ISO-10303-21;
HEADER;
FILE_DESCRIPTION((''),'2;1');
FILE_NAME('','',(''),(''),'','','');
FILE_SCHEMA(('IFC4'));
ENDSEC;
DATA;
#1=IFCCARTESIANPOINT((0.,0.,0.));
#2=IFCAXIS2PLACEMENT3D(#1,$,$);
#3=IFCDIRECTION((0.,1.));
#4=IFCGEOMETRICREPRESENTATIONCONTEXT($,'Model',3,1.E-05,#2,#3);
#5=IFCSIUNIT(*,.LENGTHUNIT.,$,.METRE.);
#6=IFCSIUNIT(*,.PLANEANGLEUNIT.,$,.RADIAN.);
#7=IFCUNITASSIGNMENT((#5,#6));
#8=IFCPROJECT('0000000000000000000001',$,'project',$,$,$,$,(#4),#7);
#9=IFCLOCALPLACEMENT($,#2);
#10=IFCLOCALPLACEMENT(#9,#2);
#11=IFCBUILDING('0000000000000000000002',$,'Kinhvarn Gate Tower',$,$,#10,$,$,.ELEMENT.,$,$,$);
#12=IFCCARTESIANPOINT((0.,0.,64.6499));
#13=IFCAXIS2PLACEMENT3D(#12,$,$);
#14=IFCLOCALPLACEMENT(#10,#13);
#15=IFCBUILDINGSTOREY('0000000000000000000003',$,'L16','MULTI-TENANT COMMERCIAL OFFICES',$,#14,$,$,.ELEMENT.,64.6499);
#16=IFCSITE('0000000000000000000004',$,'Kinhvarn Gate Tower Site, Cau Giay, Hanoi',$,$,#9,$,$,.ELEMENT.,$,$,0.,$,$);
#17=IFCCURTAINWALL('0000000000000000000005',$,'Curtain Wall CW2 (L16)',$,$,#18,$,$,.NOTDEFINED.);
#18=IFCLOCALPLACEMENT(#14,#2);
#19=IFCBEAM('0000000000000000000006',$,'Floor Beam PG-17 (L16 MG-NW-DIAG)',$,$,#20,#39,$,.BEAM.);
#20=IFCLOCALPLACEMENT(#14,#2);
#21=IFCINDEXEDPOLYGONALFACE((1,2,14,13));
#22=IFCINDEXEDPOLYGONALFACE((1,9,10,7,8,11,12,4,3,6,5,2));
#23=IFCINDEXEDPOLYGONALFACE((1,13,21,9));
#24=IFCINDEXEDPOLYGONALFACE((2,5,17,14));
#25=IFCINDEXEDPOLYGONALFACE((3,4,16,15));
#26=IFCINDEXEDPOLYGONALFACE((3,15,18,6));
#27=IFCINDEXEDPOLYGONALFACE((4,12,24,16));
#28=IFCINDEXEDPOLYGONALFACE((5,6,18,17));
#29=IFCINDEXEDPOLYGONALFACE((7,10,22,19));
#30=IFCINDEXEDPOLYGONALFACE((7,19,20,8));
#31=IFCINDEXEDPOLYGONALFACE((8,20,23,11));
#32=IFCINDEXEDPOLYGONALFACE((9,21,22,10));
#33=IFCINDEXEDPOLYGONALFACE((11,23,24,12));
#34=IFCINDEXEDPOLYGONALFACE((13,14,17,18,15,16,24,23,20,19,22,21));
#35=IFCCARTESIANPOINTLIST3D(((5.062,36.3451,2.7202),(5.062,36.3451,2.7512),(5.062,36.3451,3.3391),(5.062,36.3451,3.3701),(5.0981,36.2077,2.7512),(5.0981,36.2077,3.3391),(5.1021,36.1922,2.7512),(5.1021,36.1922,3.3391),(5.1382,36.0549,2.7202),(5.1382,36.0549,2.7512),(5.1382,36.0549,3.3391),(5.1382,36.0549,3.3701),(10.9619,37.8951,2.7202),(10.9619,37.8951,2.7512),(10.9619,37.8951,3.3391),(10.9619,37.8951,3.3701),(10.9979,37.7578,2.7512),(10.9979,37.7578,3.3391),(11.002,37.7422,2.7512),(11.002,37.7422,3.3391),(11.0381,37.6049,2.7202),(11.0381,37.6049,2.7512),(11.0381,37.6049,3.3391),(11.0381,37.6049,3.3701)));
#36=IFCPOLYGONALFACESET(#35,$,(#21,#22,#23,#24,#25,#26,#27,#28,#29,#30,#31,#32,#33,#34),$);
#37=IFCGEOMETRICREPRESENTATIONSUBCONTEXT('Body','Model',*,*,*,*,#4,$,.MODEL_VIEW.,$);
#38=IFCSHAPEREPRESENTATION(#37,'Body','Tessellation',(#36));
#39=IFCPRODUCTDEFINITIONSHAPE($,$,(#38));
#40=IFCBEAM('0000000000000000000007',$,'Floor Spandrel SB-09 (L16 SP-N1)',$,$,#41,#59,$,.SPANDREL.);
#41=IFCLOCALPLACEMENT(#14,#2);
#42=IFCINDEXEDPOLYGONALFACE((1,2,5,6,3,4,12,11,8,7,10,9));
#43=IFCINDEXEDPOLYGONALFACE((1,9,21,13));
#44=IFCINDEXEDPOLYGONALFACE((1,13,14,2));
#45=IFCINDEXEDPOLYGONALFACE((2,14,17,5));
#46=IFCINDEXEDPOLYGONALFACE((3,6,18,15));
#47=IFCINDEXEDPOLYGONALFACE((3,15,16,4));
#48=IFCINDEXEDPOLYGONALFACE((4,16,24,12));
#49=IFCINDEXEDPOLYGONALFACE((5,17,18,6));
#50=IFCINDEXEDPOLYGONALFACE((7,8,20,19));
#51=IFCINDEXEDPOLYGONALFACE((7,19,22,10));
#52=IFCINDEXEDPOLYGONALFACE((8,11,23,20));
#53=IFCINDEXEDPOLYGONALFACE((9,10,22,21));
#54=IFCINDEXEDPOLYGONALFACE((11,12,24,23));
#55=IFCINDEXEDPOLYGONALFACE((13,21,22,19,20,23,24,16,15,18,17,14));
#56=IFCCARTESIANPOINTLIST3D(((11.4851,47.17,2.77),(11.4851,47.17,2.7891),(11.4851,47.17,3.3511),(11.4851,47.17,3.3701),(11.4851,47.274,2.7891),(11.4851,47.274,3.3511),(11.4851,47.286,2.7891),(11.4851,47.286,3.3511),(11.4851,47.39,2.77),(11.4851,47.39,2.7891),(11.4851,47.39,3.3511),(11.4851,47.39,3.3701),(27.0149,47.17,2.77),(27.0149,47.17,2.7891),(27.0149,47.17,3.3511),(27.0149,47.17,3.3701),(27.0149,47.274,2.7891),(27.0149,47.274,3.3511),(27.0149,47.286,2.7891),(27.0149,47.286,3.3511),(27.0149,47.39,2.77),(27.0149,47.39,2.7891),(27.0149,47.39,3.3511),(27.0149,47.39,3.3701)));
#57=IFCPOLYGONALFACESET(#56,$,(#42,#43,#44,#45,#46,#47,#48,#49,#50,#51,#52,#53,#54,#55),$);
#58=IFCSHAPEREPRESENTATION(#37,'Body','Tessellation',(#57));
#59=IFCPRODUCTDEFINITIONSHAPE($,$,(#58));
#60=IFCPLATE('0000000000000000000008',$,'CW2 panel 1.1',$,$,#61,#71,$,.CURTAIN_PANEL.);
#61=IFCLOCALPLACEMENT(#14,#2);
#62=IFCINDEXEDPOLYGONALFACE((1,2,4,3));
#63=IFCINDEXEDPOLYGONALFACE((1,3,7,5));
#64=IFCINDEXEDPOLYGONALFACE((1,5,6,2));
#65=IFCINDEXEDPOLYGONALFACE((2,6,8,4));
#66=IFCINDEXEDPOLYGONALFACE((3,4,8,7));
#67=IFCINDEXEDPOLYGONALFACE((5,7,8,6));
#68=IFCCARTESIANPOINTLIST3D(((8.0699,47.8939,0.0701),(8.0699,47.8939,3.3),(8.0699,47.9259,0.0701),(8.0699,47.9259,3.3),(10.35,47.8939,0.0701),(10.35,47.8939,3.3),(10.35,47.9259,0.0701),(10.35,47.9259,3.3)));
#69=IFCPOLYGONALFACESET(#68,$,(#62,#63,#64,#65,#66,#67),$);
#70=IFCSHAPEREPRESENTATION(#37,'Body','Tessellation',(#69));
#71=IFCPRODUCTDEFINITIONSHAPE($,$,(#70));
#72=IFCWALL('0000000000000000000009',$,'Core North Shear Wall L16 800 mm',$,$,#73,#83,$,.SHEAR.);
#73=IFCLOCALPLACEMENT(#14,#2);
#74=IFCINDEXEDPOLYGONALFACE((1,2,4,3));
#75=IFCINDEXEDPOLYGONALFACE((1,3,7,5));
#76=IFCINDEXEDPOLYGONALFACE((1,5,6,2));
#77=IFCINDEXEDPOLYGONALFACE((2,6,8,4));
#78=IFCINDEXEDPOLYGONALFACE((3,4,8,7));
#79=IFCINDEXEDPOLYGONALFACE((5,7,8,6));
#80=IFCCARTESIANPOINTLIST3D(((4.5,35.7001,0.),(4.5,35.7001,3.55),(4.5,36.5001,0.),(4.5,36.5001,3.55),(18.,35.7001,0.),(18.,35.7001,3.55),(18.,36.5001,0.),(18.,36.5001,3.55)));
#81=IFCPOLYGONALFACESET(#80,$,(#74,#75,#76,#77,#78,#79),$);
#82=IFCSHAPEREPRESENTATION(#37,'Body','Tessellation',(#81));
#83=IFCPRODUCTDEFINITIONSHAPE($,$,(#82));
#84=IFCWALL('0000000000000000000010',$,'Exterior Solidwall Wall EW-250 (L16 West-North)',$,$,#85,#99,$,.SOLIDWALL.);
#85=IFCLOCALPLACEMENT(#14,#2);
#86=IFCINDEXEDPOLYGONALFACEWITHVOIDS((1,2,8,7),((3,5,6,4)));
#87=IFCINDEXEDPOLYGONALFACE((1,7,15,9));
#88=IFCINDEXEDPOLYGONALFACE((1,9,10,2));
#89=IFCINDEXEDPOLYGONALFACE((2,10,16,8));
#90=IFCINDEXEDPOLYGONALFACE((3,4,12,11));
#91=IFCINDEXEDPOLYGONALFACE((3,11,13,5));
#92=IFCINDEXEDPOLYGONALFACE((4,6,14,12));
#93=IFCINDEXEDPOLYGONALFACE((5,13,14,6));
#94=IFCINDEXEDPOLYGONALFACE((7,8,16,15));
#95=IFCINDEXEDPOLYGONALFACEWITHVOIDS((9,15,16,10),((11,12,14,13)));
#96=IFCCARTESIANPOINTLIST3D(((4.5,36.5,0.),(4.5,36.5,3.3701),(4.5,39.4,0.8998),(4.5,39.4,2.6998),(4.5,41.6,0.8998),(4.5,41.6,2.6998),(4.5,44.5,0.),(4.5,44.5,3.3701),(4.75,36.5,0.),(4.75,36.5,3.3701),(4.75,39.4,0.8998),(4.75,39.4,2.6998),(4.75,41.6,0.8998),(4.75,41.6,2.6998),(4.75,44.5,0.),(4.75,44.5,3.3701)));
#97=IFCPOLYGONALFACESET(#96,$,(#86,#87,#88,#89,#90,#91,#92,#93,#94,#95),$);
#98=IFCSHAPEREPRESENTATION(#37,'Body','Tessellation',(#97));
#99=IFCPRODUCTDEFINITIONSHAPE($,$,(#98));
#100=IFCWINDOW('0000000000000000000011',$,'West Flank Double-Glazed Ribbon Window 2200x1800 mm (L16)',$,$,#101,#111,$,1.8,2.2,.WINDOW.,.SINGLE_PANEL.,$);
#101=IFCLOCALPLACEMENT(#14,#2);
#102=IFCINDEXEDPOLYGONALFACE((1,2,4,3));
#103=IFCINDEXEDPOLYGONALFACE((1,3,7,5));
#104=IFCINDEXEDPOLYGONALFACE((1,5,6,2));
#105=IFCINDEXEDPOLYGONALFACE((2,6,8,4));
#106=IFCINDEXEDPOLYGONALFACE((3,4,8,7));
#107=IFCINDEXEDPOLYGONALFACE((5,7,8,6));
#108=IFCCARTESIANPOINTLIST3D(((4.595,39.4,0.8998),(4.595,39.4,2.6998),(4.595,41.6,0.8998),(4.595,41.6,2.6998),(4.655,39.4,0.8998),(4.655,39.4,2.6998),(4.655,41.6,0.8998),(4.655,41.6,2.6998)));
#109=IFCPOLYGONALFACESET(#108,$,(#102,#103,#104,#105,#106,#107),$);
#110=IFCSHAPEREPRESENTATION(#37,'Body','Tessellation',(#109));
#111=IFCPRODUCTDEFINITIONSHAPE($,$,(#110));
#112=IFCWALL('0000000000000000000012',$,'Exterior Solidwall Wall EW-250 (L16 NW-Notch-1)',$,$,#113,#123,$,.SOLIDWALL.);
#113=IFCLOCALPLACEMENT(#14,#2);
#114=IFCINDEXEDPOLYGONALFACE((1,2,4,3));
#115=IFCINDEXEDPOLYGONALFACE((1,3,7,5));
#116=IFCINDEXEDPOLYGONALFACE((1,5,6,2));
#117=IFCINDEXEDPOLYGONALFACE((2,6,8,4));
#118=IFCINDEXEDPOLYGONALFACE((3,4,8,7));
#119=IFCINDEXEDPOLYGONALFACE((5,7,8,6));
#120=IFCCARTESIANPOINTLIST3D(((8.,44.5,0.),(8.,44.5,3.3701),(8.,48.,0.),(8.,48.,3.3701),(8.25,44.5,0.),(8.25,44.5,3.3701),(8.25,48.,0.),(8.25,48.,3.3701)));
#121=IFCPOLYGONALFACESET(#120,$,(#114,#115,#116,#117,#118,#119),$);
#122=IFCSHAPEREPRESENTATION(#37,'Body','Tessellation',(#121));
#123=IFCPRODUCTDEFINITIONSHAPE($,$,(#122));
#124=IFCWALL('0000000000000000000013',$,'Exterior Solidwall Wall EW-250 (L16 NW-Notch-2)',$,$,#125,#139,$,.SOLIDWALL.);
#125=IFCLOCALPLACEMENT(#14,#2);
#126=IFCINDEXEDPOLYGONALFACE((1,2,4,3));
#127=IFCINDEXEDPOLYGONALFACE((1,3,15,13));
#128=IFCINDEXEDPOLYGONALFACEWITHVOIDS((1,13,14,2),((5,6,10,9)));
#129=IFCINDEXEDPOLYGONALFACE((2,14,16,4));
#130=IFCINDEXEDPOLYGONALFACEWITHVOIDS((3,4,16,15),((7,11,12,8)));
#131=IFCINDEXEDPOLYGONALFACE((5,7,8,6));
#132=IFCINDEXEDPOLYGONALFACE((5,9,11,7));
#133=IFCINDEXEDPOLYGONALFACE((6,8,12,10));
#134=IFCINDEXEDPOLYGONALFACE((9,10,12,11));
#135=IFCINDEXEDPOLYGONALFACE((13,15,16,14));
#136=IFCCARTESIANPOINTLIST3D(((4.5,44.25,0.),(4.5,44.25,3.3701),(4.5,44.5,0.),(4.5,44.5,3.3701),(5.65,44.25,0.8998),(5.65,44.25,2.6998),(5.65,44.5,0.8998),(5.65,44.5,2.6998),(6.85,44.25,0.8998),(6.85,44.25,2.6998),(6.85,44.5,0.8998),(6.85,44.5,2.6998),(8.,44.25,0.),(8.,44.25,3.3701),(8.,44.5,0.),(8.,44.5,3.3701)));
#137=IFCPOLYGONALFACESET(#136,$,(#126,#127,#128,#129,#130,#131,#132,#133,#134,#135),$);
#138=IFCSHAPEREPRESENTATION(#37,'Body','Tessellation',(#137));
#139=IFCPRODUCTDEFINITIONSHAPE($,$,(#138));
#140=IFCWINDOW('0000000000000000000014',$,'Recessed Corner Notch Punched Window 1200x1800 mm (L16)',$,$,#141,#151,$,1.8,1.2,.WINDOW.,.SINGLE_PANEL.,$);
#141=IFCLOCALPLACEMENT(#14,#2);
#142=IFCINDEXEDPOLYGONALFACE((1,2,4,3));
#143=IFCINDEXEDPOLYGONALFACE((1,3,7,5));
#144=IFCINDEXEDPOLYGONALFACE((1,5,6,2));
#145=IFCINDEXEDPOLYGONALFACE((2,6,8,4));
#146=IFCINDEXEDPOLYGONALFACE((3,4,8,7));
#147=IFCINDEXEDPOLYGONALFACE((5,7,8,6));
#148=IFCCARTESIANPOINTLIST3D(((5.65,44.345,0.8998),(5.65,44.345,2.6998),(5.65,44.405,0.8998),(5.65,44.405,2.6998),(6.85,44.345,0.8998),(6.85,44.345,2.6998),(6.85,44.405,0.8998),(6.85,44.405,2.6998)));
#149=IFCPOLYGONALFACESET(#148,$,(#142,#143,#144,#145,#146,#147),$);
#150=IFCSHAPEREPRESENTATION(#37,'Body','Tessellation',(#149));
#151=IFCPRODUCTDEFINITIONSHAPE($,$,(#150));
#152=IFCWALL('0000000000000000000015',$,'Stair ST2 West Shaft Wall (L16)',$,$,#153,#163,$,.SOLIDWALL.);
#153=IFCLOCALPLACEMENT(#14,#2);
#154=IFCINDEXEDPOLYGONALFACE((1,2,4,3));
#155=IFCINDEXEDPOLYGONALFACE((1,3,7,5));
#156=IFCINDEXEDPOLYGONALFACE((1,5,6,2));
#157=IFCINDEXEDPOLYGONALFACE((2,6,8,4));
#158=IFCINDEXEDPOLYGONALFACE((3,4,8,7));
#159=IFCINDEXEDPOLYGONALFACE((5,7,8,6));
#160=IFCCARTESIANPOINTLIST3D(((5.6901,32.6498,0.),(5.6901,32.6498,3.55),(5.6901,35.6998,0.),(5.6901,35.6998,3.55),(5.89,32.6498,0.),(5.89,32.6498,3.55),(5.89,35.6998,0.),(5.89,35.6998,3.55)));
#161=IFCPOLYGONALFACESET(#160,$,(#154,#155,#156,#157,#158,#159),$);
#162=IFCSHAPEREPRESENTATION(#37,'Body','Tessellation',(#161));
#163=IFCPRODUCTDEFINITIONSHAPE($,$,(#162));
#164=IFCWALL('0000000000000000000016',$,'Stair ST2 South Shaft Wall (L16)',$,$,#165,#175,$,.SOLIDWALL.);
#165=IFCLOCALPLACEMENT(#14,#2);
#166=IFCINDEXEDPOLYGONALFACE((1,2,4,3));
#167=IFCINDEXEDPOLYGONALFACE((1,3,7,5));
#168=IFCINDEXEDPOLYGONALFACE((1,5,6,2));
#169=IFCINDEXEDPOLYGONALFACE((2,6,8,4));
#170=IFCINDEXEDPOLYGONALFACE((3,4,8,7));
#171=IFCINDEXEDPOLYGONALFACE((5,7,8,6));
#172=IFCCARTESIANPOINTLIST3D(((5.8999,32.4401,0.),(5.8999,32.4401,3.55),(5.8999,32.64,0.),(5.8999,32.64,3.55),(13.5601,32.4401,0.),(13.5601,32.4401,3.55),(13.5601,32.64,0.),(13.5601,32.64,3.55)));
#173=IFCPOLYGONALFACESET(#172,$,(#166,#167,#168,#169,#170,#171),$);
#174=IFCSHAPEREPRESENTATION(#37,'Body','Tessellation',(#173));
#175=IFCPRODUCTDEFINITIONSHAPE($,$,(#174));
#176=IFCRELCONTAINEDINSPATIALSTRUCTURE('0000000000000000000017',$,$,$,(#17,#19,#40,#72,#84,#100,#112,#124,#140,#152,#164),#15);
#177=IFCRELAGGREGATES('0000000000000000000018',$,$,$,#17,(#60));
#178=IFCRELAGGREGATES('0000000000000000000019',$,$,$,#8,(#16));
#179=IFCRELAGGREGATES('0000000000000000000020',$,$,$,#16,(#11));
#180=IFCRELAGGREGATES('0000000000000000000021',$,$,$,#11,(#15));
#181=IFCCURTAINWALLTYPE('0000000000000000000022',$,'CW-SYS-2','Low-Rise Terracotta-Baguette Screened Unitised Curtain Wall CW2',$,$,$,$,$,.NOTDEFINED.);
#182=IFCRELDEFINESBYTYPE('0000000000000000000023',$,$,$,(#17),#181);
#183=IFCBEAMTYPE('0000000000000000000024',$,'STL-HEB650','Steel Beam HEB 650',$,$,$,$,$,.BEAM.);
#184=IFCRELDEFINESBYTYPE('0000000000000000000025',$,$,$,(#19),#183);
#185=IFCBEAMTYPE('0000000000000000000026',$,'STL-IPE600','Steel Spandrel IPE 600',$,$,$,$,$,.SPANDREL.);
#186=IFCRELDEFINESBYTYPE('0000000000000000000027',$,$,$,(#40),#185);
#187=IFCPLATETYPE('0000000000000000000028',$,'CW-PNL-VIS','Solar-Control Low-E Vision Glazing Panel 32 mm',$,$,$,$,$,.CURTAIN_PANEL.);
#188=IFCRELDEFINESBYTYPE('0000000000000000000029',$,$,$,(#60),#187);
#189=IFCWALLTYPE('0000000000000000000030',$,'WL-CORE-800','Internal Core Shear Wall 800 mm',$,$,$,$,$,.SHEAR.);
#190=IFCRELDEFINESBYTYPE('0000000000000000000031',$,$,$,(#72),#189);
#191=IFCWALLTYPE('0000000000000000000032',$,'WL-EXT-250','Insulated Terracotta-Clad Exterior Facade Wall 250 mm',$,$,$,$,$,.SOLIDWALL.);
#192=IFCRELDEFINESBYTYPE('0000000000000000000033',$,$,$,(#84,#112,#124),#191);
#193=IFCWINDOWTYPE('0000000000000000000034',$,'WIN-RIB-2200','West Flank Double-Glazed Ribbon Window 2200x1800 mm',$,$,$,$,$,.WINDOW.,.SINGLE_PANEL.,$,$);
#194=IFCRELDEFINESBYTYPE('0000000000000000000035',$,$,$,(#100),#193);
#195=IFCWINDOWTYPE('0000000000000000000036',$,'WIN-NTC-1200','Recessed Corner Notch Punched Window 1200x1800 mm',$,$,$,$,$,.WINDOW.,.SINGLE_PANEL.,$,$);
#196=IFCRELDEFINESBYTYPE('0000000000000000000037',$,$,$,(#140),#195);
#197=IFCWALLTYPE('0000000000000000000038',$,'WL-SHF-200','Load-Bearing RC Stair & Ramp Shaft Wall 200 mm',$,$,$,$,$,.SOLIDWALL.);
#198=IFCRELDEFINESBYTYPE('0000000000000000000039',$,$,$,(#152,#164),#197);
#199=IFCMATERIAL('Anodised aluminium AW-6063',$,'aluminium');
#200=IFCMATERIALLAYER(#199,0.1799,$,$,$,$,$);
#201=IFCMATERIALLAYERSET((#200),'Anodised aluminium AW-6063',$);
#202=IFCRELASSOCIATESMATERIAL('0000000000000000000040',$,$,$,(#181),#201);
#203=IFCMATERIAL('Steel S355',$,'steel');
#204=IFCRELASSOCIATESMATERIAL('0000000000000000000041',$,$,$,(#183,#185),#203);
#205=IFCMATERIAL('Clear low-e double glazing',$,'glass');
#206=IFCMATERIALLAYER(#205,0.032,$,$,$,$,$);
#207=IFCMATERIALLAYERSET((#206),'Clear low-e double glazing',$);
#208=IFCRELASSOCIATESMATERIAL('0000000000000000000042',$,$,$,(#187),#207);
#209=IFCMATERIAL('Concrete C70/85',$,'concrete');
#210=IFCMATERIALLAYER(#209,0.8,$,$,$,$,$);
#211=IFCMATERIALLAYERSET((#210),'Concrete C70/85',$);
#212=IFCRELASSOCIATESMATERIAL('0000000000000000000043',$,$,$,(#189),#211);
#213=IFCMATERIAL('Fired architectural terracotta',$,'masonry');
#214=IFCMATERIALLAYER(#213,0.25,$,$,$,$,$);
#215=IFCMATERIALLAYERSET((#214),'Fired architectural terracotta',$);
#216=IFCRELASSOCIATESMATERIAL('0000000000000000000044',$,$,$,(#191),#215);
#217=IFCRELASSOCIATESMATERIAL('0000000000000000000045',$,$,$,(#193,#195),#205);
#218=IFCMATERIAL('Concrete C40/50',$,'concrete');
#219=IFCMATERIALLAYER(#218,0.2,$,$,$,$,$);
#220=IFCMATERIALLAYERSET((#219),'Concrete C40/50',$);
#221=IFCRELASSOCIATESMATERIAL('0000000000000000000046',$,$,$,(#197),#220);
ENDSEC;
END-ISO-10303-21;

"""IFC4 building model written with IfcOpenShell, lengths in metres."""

from ifc_helpers import new_model, si_unit, direction, frame, frame_2d, origin, origin_2d, place, context, subcontext, project, spatial, rectangle, i_section, extrude, material, layer, layer_set, material_profile, profile_set, type_object, element, fill, aggregate, save


model = new_model("IFC4")

# Units and contexts
model_context = context("Model", 3, precision=1e-05, world=origin(), true_north=direction((0.0, 1.0)))
body_context = subcontext(model_context, "Body", "Model", "MODEL_VIEW")
ifc_project = project(units=[si_unit("LENGTHUNIT", "METRE"), si_unit("PLANEANGLEUNIT", "RADIAN")], contexts=[model_context])

# Site, building, storey
site_placement = place(None, origin())
site = spatial("IfcSite", under=ifc_project, at=site_placement, Name="Kinhvarn Gate Tower Site, Cau Giay, Hanoi", CompositionType="ELEMENT", RefElevation=0.0)
building_placement = place(site_placement, origin())
building = spatial("IfcBuilding", under=site, at=building_placement, Name="Kinhvarn Gate Tower", CompositionType="ELEMENT")
storey_placement = place(building_placement, frame((0.0, 0.0, 64.6499)))
storey = spatial("IfcBuildingStorey", under=building, at=storey_placement, Name="L16", Description="MULTI-TENANT COMMERCIAL OFFICES", CompositionType="ELEMENT", Elevation=64.6499)

# Shared definitions
ifc_material_1 = material(Name="Concrete C70/85", Category="concrete")

# Shared definitions
ifc_material_2 = material(Name="Anodised aluminium AW-6063", Category="aluminium")
ifc_layer_1 = layer(ifc_material_2, 0.1799)
ifc_layer_set_1 = layer_set([ifc_layer_1], Name="Anodised aluminium AW-6063")
curtain_wall_type = type_object("IfcCurtainWallType", Name="CW-SYS-2", Description="Low-Rise Terracotta-Baguette Screened Unitised Curtain Wall CW2", PredefinedType="NOTDEFINED", material=ifc_layer_set_1)

# Curtain wall
curtain_wall_1_placement = place(storey_placement, origin())
curtain_wall_1 = element("IfcCurtainWall", 1, at=curtain_wall_1_placement, inside=storey, type_object=curtain_wall_type, Name="Curtain Wall CW2 (L16)", PredefinedType="NOTDEFINED")

# Beams
ifc_material_3 = material(Name="Steel S355", Category="steel")
ifc_material_profile_1 = material_profile(ifc_material_3, i_section(OverallWidth=0.3, OverallDepth=0.6499, WebThickness=0.0161, FlangeThickness=0.031, at=origin_2d()), Name="HEB 650")
ifc_profile_set_1 = profile_set([ifc_material_profile_1], Name="Steel S355")
beam_type_1 = type_object("IfcBeamType", Name="STL-HEB650", Description="Steel Beam HEB 650", PredefinedType="BEAM", material=ifc_profile_set_1)
beam_1_placement = place(storey_placement, frame((5.1001, 36.2, 3.0452), z_axis=(0.967178, 0.254101, 0.0), x_axis=(-0.254101, 0.967178, 0.0)))
element("IfcBeam", 2, at=beam_1_placement, inside=storey, type_object=beam_type_1, Name="Floor Beam PG-17 (L16 MG-NW-DIAG)", PredefinedType="BEAM", context=body_context, shape_type="SweptSolid", body=[
    extrude(i_section(OverallWidth=0.3, OverallDepth=0.6499, WebThickness=0.0161, FlangeThickness=0.031, at=origin_2d()), origin(), (0.0, 0.0, 1.0), 6.1001),
])
ifc_material_profile_2 = material_profile(ifc_material_3, i_section(OverallWidth=0.22, OverallDepth=0.6001, WebThickness=0.012, FlangeThickness=0.019, at=origin_2d()), Name="IPE 600")
ifc_profile_set_2 = profile_set([ifc_material_profile_2], Name="Steel S355")
beam_type_2 = type_object("IfcBeamType", Name="STL-IPE600", Description="Steel Spandrel IPE 600", PredefinedType="SPANDREL", material=ifc_profile_set_2)
beam_2_placement = place(storey_placement, frame((11.4851, 47.28, 3.0701), z_axis=(1.0, 0.0, 0.0), x_axis=(0.0, 1.0, 0.0)))
element("IfcBeam", 3, at=beam_2_placement, inside=storey, type_object=beam_type_2, Name="Floor Spandrel SB-09 (L16 SP-N1)", PredefinedType="SPANDREL", context=body_context, shape_type="SweptSolid", body=[
    extrude(i_section(OverallWidth=0.22, OverallDepth=0.6001, WebThickness=0.012, FlangeThickness=0.019, at=origin_2d()), origin(), (0.0, 0.0, 1.0), 15.5298),
])

# Plate
ifc_material_4 = material(Name="Clear low-e double glazing", Category="glass")
ifc_layer_2 = layer(ifc_material_4, 0.032)
ifc_layer_set_2 = layer_set([ifc_layer_2], Name="Clear low-e double glazing")
plate_type = type_object("IfcPlateType", Name="CW-PNL-VIS", Description="Solar-Control Low-E Vision Glazing Panel 32 mm", PredefinedType="CURTAIN_PANEL", material=ifc_layer_set_2)
plate_placement = place(storey_placement, frame((9.21, 47.9099, 0.0701), z_axis=(0.0, 0.0, 1.0), x_axis=(-1.0, 0.0, 0.0)))
plate = element("IfcPlate", 4, at=plate_placement, type_object=plate_type, Name="CW2 panel 1.1", PredefinedType="CURTAIN_PANEL", context=body_context, shape_type="SweptSolid", body=[
    extrude(rectangle(XDim=2.28, YDim=0.032, at=origin_2d()), origin(), (0.0, 0.0, 1.0), 3.23),
])
aggregate(curtain_wall_1, [plate])

# Wall
ifc_layer_3 = layer(ifc_material_1, 0.8)
ifc_layer_set_3 = layer_set([ifc_layer_3], Name="Concrete C70/85")
wall_type_1 = type_object("IfcWallType", Name="WL-CORE-800", Description="Internal Core Shear Wall 800 mm", PredefinedType="SHEAR", material=ifc_layer_set_3)
wall_1_placement = place(storey_placement, frame((4.5, 36.1001, 0.0), z_axis=(0.0, 0.0, 1.0), x_axis=(1.0, 0.0, 0.0)))
element("IfcWall", 5, at=wall_1_placement, inside=storey, type_object=wall_type_1, Name="Core North Shear Wall L16 800 mm", PredefinedType="SHEAR", context=body_context, shape_type="SweptSolid", body=[
    extrude(rectangle(XDim=13.5, YDim=0.8, at=frame_2d((6.75, 0.0))), origin(), (0.0, 0.0, 1.0), 3.55),
])

# Wall, opening, window
ifc_material_5 = material(Name="Fired architectural terracotta", Category="masonry")
ifc_layer_4 = layer(ifc_material_5, 0.25)
ifc_layer_set_4 = layer_set([ifc_layer_4], Name="Fired architectural terracotta")
wall_type_2 = type_object("IfcWallType", Name="WL-EXT-250", Description="Insulated Terracotta-Clad Exterior Facade Wall 250 mm", PredefinedType="SOLIDWALL", material=ifc_layer_set_4)
wall_2_placement = place(storey_placement, frame((4.625, 44.5, 0.0), z_axis=(0.0, 0.0, 1.0), x_axis=(0.0, -1.0, 0.0)))
wall_2 = element("IfcWall", 6, at=wall_2_placement, inside=storey, type_object=wall_type_2, Name="Exterior Solidwall Wall EW-250 (L16 West-North)", PredefinedType="SOLIDWALL", context=body_context, shape_type="SweptSolid", body=[
    extrude(rectangle(XDim=8.0, YDim=0.25, at=frame_2d((4.0, 0.0))), origin(), (0.0, 0.0, 1.0), 3.3701),
])
opening_1_placement = place(wall_2_placement, frame((2.8999, 0.0, 0.8999)))
opening_1 = element("IfcOpeningElement", 7, at=opening_1_placement, cuts=wall_2, PredefinedType="OPENING", context=body_context, shape_type="SweptSolid", body=[
    extrude(rectangle(XDim=2.2, YDim=1.8, at=frame_2d((1.1001, 0.8999))), frame((0.0, 0.135, 0.0), z_axis=(0.0, -1.0, 0.0), x_axis=(1.0, 0.0, 0.0)), (0.0, 0.0, 1.0), 0.27),
])
window_type_1 = type_object("IfcWindowType", Name="WIN-RIB-2200", Description="West Flank Double-Glazed Ribbon Window 2200x1800 mm", PartitioningType="SINGLE_PANEL", PredefinedType="WINDOW", material=ifc_material_4)
window_1_placement = place(opening_1_placement, origin())
window_1 = element("IfcWindow", 8, at=window_1_placement, inside=storey, type_object=window_type_1, Name="West Flank Double-Glazed Ribbon Window 2200x1800 mm (L16)", OverallHeight=1.8, OverallWidth=2.2, PartitioningType="SINGLE_PANEL", PredefinedType="WINDOW", context=body_context, shape_type="SweptSolid", body=[
    extrude(rectangle(XDim=2.2, YDim=1.8, at=frame_2d((1.1001, 0.8999))), frame((0.0, 0.03, 0.0), z_axis=(0.0, -1.0, 0.0), x_axis=(1.0, 0.0, 0.0)), (0.0, 0.0, 1.0), 0.0601),
])
fill(opening_1, window_1)

# Wall
wall_3_placement = place(storey_placement, frame((8.125, 48.0, 0.0), z_axis=(0.0, 0.0, 1.0), x_axis=(0.0, -1.0, 0.0)))
element("IfcWall", 9, at=wall_3_placement, inside=storey, type_object=wall_type_2, Name="Exterior Solidwall Wall EW-250 (L16 NW-Notch-1)", PredefinedType="SOLIDWALL", context=body_context, shape_type="SweptSolid", body=[
    extrude(rectangle(XDim=3.5, YDim=0.25, at=frame_2d((1.75, 0.0))), origin(), (0.0, 0.0, 1.0), 3.3701),
])

# Wall, opening, window
wall_4_placement = place(storey_placement, frame((8.0, 44.375, 0.0), z_axis=(0.0, 0.0, 1.0), x_axis=(-1.0, 0.0, 0.0)))
wall_4 = element("IfcWall", 10, at=wall_4_placement, inside=storey, type_object=wall_type_2, Name="Exterior Solidwall Wall EW-250 (L16 NW-Notch-2)", PredefinedType="SOLIDWALL", context=body_context, shape_type="SweptSolid", body=[
    extrude(rectangle(XDim=3.5, YDim=0.25, at=frame_2d((1.75, 0.0))), origin(), (0.0, 0.0, 1.0), 3.3701),
])
opening_2_placement = place(wall_4_placement, frame((1.1499, 0.0, 0.8999)))
opening_2 = element("IfcOpeningElement", 11, at=opening_2_placement, cuts=wall_4, PredefinedType="OPENING", context=body_context, shape_type="SweptSolid", body=[
    extrude(rectangle(XDim=1.2, YDim=1.8, at=frame_2d((0.6001, 0.8999))), frame((0.0, 0.135, 0.0), z_axis=(0.0, -1.0, 0.0), x_axis=(1.0, 0.0, 0.0)), (0.0, 0.0, 1.0), 0.27),
])
window_type_2 = type_object("IfcWindowType", Name="WIN-NTC-1200", Description="Recessed Corner Notch Punched Window 1200x1800 mm", PartitioningType="SINGLE_PANEL", PredefinedType="WINDOW", material=ifc_material_4)
window_2_placement = place(opening_2_placement, origin())
window_2 = element("IfcWindow", 12, at=window_2_placement, inside=storey, type_object=window_type_2, Name="Recessed Corner Notch Punched Window 1200x1800 mm (L16)", OverallHeight=1.8, OverallWidth=1.2, PartitioningType="SINGLE_PANEL", PredefinedType="WINDOW", context=body_context, shape_type="SweptSolid", body=[
    extrude(rectangle(XDim=1.2, YDim=1.8, at=frame_2d((0.6001, 0.8999))), frame((0.0, 0.03, 0.0), z_axis=(0.0, -1.0, 0.0), x_axis=(1.0, 0.0, 0.0)), (0.0, 0.0, 1.0), 0.0601),
])
fill(opening_2, window_2)

# Walls
ifc_material_6 = material(Name="Concrete C40/50", Category="concrete")
ifc_layer_5 = layer(ifc_material_6, 0.2)
ifc_layer_set_5 = layer_set([ifc_layer_5], Name="Concrete C40/50")
wall_type_3 = type_object("IfcWallType", Name="WL-SHF-200", Description="Load-Bearing RC Stair & Ramp Shaft Wall 200 mm", PredefinedType="SOLIDWALL", material=ifc_layer_set_5)
wall_5_placement = place(storey_placement, frame((5.79, 32.6499, 0.0), z_axis=(0.0, 0.0, 1.0), x_axis=(0.0, 1.0, 0.0)))
element("IfcWall", 13, at=wall_5_placement, inside=storey, type_object=wall_type_3, Name="Stair ST2 West Shaft Wall (L16)", PredefinedType="SOLIDWALL", context=body_context, shape_type="SweptSolid", body=[
    extrude(rectangle(XDim=3.05, YDim=0.2, at=frame_2d((1.5249, 0.0))), origin(), (0.0, 0.0, 1.0), 3.55),
])
wall_6_placement = place(storey_placement, frame((5.8999, 32.54, 0.0), z_axis=(0.0, 0.0, 1.0), x_axis=(1.0, 0.0, 0.0)))
element("IfcWall", 14, at=wall_6_placement, inside=storey, type_object=wall_type_3, Name="Stair ST2 South Shaft Wall (L16)", PredefinedType="SOLIDWALL", context=body_context, shape_type="SweptSolid", body=[
    extrude(rectangle(XDim=7.6602, YDim=0.2, at=frame_2d((3.8301, 0.0))), origin(), (0.0, 0.0, 1.0), 3.55),
])

save(model, "model.ifc")
